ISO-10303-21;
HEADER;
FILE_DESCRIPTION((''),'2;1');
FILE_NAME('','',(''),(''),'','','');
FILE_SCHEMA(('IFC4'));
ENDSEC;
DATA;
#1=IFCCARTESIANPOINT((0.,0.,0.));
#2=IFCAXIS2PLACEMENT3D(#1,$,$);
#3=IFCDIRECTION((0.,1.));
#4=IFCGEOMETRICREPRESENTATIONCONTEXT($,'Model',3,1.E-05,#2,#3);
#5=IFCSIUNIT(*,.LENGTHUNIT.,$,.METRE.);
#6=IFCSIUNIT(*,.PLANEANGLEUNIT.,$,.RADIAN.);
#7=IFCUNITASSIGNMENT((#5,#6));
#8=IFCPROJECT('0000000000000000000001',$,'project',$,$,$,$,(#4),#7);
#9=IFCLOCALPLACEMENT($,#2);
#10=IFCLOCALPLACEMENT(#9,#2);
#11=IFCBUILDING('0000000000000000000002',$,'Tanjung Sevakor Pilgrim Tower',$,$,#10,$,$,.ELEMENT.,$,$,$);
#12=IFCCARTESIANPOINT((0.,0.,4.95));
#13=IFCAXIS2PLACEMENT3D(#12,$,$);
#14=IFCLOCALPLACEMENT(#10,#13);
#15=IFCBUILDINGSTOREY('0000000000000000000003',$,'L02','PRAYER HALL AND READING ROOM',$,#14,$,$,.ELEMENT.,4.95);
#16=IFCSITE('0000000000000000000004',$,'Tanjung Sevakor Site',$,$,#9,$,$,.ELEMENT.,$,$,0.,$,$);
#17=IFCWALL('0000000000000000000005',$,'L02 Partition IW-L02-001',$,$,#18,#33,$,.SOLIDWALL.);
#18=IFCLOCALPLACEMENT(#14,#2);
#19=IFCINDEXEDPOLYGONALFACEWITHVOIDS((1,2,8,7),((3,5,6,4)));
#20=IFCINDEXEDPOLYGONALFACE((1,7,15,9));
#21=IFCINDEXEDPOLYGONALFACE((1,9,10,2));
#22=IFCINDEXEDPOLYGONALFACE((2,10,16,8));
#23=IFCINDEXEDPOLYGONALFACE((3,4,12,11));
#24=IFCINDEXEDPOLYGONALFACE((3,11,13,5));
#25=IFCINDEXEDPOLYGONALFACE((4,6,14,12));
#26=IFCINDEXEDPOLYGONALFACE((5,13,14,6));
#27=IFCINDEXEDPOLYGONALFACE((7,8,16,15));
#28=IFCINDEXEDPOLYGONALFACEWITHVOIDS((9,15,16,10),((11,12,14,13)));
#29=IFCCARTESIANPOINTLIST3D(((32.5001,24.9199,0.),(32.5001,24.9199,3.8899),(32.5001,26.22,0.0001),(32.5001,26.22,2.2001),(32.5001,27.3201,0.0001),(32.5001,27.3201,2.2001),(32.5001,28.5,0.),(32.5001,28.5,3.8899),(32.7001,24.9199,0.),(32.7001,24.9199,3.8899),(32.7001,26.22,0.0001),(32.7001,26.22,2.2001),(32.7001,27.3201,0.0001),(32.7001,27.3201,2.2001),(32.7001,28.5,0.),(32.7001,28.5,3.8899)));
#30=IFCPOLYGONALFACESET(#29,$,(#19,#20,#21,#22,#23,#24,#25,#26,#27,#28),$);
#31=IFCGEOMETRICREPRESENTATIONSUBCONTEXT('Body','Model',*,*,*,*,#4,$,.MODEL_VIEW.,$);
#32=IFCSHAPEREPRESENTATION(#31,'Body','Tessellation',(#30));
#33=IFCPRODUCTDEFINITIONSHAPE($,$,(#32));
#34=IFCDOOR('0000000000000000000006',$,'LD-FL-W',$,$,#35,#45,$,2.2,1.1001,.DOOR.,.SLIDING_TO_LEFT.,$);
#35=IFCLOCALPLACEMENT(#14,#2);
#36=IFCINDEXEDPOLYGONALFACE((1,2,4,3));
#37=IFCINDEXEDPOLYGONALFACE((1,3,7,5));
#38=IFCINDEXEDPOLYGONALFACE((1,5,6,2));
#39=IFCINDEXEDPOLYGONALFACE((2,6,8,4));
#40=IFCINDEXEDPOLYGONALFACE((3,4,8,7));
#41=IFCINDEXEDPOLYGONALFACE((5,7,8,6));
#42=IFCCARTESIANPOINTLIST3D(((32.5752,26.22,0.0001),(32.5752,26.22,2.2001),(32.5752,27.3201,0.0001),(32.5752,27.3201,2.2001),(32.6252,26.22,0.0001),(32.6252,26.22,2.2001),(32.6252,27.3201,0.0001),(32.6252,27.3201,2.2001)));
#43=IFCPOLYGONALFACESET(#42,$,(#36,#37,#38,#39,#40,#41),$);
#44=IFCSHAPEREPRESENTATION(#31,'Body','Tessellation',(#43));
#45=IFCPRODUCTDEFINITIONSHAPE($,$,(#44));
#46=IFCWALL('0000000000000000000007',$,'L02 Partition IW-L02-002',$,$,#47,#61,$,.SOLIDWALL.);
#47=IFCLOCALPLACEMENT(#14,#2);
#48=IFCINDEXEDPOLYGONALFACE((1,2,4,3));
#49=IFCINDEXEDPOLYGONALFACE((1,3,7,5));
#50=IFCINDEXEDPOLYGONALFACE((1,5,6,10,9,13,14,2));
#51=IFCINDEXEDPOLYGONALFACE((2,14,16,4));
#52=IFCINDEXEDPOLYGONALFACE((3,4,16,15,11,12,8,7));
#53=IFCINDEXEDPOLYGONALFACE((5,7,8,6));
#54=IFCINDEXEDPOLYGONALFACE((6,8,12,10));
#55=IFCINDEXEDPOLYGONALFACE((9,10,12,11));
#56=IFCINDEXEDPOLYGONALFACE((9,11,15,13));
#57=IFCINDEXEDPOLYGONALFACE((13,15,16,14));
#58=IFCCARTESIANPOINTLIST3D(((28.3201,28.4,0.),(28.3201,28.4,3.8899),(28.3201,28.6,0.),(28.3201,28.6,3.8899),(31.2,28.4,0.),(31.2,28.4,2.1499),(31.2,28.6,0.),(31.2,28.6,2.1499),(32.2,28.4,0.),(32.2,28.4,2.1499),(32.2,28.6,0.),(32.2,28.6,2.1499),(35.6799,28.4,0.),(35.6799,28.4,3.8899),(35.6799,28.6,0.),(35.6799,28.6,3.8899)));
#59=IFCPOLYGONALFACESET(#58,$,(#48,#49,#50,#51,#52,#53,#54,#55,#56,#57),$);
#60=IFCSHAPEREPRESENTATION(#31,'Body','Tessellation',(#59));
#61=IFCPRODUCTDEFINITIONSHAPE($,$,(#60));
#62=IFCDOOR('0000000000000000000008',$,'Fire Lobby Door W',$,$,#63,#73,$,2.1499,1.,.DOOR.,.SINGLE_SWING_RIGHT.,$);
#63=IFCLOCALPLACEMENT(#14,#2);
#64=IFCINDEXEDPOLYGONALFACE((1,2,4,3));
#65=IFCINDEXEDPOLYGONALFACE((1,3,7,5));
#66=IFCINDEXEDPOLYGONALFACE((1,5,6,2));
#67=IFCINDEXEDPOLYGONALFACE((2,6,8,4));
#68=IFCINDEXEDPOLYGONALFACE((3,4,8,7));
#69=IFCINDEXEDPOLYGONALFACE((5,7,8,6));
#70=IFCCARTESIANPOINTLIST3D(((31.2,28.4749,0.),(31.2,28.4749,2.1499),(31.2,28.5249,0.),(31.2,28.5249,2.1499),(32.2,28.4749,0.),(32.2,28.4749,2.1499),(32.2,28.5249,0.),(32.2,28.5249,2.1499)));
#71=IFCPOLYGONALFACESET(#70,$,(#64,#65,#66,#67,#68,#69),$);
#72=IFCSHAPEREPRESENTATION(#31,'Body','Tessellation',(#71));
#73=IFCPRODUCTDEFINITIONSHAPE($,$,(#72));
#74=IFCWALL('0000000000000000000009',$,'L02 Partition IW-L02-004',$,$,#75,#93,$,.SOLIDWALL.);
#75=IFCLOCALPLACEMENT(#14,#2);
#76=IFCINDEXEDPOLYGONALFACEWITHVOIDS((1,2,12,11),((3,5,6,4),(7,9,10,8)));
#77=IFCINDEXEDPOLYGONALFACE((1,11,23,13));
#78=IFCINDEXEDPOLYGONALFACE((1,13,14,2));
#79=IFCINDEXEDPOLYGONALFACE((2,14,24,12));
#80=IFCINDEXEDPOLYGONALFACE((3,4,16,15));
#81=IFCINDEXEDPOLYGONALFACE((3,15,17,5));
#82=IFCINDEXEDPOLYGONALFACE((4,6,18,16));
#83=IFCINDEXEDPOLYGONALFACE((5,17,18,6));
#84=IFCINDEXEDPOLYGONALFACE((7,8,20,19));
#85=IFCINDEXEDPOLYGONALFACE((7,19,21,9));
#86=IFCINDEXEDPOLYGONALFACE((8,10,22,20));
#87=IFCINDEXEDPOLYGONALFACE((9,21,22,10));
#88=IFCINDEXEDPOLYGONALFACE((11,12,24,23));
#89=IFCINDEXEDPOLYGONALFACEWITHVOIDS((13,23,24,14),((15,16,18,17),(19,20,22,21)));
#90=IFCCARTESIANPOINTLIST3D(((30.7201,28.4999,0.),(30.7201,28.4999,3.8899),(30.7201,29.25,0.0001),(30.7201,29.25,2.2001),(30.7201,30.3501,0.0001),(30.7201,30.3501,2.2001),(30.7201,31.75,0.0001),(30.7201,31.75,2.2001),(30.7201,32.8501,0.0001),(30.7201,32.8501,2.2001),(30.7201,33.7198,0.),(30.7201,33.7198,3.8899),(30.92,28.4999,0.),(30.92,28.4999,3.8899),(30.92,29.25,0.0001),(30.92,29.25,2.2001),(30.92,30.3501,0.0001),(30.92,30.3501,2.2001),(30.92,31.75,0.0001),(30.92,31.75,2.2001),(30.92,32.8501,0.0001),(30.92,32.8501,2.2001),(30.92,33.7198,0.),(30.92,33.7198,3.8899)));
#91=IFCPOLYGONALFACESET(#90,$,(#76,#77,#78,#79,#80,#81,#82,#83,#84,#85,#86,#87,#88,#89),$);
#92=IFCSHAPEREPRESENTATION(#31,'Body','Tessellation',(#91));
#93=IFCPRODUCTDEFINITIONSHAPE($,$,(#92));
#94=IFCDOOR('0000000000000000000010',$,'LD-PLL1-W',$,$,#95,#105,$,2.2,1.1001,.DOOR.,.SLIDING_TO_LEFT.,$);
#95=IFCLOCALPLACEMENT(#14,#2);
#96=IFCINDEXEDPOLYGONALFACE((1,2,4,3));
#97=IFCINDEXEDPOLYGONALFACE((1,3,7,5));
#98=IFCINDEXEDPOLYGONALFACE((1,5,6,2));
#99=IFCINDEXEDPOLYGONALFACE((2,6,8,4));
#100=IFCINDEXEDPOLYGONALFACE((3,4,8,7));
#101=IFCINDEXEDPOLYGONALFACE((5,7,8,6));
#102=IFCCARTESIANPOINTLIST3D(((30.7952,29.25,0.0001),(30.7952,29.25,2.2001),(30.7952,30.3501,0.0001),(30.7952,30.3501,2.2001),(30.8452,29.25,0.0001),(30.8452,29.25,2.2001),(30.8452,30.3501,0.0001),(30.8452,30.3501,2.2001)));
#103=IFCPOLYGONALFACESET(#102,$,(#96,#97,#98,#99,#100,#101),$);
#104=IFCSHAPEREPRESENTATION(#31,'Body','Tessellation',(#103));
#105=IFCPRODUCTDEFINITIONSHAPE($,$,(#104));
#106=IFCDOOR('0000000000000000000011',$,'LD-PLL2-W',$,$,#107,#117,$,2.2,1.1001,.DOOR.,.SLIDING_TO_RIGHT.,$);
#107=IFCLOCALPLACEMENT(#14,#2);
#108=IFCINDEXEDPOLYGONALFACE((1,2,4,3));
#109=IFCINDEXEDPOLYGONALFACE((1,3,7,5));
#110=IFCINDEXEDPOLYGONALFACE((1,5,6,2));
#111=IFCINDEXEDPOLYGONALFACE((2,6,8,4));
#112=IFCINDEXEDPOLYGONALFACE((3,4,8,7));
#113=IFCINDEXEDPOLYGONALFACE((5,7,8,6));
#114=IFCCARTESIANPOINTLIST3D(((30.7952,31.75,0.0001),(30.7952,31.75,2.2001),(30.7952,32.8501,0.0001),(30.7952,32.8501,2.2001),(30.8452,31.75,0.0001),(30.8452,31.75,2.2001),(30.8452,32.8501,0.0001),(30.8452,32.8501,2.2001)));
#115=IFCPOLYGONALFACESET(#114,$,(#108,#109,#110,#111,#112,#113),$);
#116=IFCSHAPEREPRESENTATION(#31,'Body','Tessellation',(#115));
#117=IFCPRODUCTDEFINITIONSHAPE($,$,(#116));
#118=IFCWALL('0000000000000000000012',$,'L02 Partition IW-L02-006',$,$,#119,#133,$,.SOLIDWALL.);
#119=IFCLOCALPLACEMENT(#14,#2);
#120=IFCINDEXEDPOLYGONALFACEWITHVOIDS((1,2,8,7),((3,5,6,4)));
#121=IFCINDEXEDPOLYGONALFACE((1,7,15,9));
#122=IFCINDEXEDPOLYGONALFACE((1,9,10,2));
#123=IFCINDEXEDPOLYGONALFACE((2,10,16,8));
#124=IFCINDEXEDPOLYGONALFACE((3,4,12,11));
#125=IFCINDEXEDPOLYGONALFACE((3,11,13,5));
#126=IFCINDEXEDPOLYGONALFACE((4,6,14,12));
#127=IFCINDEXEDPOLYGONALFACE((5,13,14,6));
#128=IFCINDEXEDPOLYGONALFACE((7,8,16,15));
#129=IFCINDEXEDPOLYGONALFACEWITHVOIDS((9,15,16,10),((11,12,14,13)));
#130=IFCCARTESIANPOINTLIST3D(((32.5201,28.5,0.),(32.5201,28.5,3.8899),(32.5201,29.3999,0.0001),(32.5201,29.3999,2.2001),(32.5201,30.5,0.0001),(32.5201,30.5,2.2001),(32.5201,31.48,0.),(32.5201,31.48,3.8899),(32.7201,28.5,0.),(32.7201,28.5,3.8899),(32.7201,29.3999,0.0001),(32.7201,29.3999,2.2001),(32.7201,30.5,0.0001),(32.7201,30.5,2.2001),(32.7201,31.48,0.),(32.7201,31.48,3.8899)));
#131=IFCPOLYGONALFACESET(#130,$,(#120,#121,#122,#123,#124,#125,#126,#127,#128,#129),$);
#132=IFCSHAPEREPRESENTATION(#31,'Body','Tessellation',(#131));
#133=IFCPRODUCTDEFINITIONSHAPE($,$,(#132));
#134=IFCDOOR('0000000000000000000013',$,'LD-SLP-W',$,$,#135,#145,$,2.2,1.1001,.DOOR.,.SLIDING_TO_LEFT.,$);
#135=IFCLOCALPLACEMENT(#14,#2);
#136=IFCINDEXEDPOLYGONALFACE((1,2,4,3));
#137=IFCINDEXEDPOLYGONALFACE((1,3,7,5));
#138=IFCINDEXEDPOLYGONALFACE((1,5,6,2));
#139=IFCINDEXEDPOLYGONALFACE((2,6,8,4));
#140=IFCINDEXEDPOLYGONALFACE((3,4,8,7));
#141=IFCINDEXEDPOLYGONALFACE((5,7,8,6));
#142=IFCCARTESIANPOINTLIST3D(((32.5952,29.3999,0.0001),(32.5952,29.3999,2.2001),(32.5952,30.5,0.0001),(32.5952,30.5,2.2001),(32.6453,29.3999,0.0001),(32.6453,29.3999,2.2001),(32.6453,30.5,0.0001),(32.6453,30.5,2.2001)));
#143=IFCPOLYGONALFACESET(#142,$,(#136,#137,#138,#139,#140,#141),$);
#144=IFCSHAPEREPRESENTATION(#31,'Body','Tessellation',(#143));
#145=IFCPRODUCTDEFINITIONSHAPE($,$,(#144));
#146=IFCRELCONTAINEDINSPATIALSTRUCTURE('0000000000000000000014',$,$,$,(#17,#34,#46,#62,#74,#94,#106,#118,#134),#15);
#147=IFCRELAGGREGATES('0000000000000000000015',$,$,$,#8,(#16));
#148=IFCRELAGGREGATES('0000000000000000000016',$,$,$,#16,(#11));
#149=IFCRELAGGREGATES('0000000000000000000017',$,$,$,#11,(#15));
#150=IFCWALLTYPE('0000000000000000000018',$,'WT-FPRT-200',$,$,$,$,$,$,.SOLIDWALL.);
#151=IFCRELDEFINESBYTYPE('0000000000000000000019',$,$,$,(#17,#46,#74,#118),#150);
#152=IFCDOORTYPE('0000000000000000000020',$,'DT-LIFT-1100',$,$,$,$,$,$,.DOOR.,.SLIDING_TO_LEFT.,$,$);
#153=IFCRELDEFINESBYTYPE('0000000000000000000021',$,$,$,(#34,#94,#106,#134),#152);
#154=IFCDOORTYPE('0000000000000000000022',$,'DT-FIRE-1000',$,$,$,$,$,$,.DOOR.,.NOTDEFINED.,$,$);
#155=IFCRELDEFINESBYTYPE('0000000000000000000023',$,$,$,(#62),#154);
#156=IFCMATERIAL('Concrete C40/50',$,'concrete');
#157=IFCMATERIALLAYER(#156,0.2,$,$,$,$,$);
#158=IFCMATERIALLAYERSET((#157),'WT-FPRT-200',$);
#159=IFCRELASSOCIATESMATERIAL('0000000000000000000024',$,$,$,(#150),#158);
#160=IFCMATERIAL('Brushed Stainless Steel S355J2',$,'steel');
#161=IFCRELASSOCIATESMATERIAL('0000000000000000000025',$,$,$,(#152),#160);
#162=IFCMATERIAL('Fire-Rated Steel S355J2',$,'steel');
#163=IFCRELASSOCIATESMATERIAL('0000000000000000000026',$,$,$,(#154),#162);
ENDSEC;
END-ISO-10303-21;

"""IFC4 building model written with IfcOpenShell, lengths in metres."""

from ifc_helpers import new_model, si_unit, direction, frame, frame_2d, origin, place, context, subcontext, project, spatial, rectangle, extrude, material, layer, layer_set, type_object, element, fill, save


model = new_model("IFC4")

# Units and contexts
model_context = context("Model", 3, precision=1e-05, world=origin(), true_north=direction((0.0, 1.0)))
body_context = subcontext(model_context, "Body", "Model", "MODEL_VIEW")
ifc_project = project(units=[si_unit("LENGTHUNIT", "METRE"), si_unit("PLANEANGLEUNIT", "RADIAN")], contexts=[model_context])

# Site, building, storey
site_placement = place(None, origin())
site = spatial("IfcSite", under=ifc_project, at=site_placement, Name="Tanjung Sevakor Site", CompositionType="ELEMENT", RefElevation=0.0)
building_placement = place(site_placement, origin())
building = spatial("IfcBuilding", under=site, at=building_placement, Name="Tanjung Sevakor Pilgrim Tower", CompositionType="ELEMENT")
storey_placement = place(building_placement, frame((0.0, 0.0, 4.95)))
storey = spatial("IfcBuildingStorey", under=building, at=storey_placement, Name="L02", Description="PRAYER HALL AND READING ROOM", CompositionType="ELEMENT", Elevation=4.95)

# Walls, openings, doors
ifc_material_1 = material(Name="Concrete C40/50", Category="concrete")
ifc_layer_1 = layer(ifc_material_1, 0.2)
ifc_layer_set_1 = layer_set([ifc_layer_1], Name="WT-FPRT-200")
wall_type_1 = type_object("IfcWallType", Name="WT-FPRT-200", PredefinedType="SOLIDWALL", material=ifc_layer_set_1)
wall_1_placement = place(storey_placement, frame((32.6001, 24.9199, 0.0), z_axis=(0.0, 0.0, 1.0), x_axis=(0.0, 1.0, 0.0)))
wall_1 = element("IfcWall", 1, at=wall_1_placement, inside=storey, type_object=wall_type_1, Name="L02 Partition IW-L02-001", PredefinedType="SOLIDWALL", context=body_context, shape_type="SweptSolid", body=[
    extrude(rectangle(XDim=3.5801, YDim=0.2, at=frame_2d((1.79, 0.0))), origin(), (0.0, 0.0, 1.0), 3.8899),
])
opening_1_placement = place(wall_1_placement, frame((1.3, 0.0, 0.0)))
opening_1 = element("IfcOpeningElement", 2, at=opening_1_placement, cuts=wall_1, PredefinedType="OPENING", context=body_context, shape_type="SweptSolid", body=[
    extrude(rectangle(XDim=1.1001, YDim=2.2, at=frame_2d((0.55, 1.1001))), frame((0.0, 0.1099, 0.0), z_axis=(0.0, -1.0, 0.0), x_axis=(1.0, 0.0, 0.0)), (0.0, 0.0, 1.0), 0.22),
])
ifc_material_2 = material(Name="Brushed Stainless Steel S355J2", Category="steel")
door_type_1 = type_object("IfcDoorType", Name="DT-LIFT-1100", OperationType="SLIDING_TO_LEFT", PredefinedType="DOOR", material=ifc_material_2)
door_1_placement = place(opening_1_placement, origin())
door_1 = element("IfcDoor", 3, at=door_1_placement, inside=storey, type_object=door_type_1, Name="LD-FL-W", OperationType="SLIDING_TO_LEFT", OverallHeight=2.2, OverallWidth=1.1001, PredefinedType="DOOR", context=body_context, shape_type="SweptSolid", body=[
    extrude(rectangle(XDim=1.1001, YDim=2.2, at=frame_2d((0.55, 1.1001))), frame((0.0, 0.0249, 0.0), z_axis=(0.0, -1.0, 0.0), x_axis=(1.0, 0.0, 0.0)), (0.0, 0.0, 1.0), 0.05),
])
fill(opening_1, door_1)
wall_2_placement = place(storey_placement, frame((28.3201, 28.5, 0.0), z_axis=(0.0, 0.0, 1.0), x_axis=(1.0, 0.0, 0.0)))
wall_2 = element("IfcWall", 4, at=wall_2_placement, inside=storey, type_object=wall_type_1, Name="L02 Partition IW-L02-002", PredefinedType="SOLIDWALL", context=body_context, shape_type="SweptSolid", body=[
    extrude(rectangle(XDim=7.3599, YDim=0.2, at=frame_2d((3.6799, 0.0))), origin(), (0.0, 0.0, 1.0), 3.8899),
])
opening_2_placement = place(wall_2_placement, frame((2.8799, 0.0, 0.0)))
opening_2 = element("IfcOpeningElement", 5, at=opening_2_placement, cuts=wall_2, PredefinedType="OPENING", context=body_context, shape_type="SweptSolid", body=[
    extrude(rectangle(XDim=1.0, YDim=2.1499, at=frame_2d((0.5, 1.075))), frame((0.0, 0.1099, 0.0), z_axis=(0.0, -1.0, 0.0), x_axis=(1.0, 0.0, 0.0)), (0.0, 0.0, 1.0), 0.22),
])
ifc_material_3 = material(Name="Fire-Rated Steel S355J2", Category="steel")
door_type_2 = type_object("IfcDoorType", Name="DT-FIRE-1000", OperationType="NOTDEFINED", PredefinedType="DOOR", material=ifc_material_3)
door_2_placement = place(opening_2_placement, origin())
door_2 = element("IfcDoor", 6, at=door_2_placement, inside=storey, type_object=door_type_2, Name="Fire Lobby Door W", OperationType="SINGLE_SWING_RIGHT", OverallHeight=2.1499, OverallWidth=1.0, PredefinedType="DOOR", context=body_context, shape_type="SweptSolid", body=[
    extrude(rectangle(XDim=1.0, YDim=2.1499, at=frame_2d((0.5, 1.075))), frame((0.0, 0.0249, 0.0), z_axis=(0.0, -1.0, 0.0), x_axis=(1.0, 0.0, 0.0)), (0.0, 0.0, 1.0), 0.05),
])
fill(opening_2, door_2)

# Wall, openings, doors
wall_3_placement = place(storey_placement, frame((30.8201, 28.5, 0.0), z_axis=(0.0, 0.0, 1.0), x_axis=(0.0, 1.0, 0.0)))
wall_3 = element("IfcWall", 7, at=wall_3_placement, inside=storey, type_object=wall_type_1, Name="L02 Partition IW-L02-004", PredefinedType="SOLIDWALL", context=body_context, shape_type="SweptSolid", body=[
    extrude(rectangle(XDim=5.22, YDim=0.2, at=frame_2d((2.6099, 0.0))), origin(), (0.0, 0.0, 1.0), 3.8899),
])
opening_3_placement = place(wall_3_placement, frame((0.75, 0.0, 0.0)))
opening_3 = element("IfcOpeningElement", 8, at=opening_3_placement, cuts=wall_3, PredefinedType="OPENING", context=body_context, shape_type="SweptSolid", body=[
    extrude(rectangle(XDim=1.1001, YDim=2.2, at=frame_2d((0.55, 1.1001))), frame((0.0, 0.1099, 0.0), z_axis=(0.0, -1.0, 0.0), x_axis=(1.0, 0.0, 0.0)), (0.0, 0.0, 1.0), 0.22),
])
opening_4_placement = place(wall_3_placement, frame((3.25, 0.0, 0.0)))
opening_4 = element("IfcOpeningElement", 9, at=opening_4_placement, cuts=wall_3, PredefinedType="OPENING", context=body_context, shape_type="SweptSolid", body=[
    extrude(rectangle(XDim=1.1001, YDim=2.2, at=frame_2d((0.55, 1.1001))), frame((0.0, 0.1099, 0.0), z_axis=(0.0, -1.0, 0.0), x_axis=(1.0, 0.0, 0.0)), (0.0, 0.0, 1.0), 0.22),
])
door_3_placement = place(opening_3_placement, origin())
door_3 = element("IfcDoor", 10, at=door_3_placement, inside=storey, type_object=door_type_1, Name="LD-PLL1-W", OperationType="SLIDING_TO_LEFT", OverallHeight=2.2, OverallWidth=1.1001, PredefinedType="DOOR", context=body_context, shape_type="SweptSolid", body=[
    extrude(rectangle(XDim=1.1001, YDim=2.2, at=frame_2d((0.55, 1.1001))), frame((0.0, 0.0249, 0.0), z_axis=(0.0, -1.0, 0.0), x_axis=(1.0, 0.0, 0.0)), (0.0, 0.0, 1.0), 0.05),
])
fill(opening_3, door_3)
door_4_placement = place(opening_4_placement, origin())
door_4 = element("IfcDoor", 11, at=door_4_placement, inside=storey, type_object=door_type_1, Name="LD-PLL2-W", OperationType="SLIDING_TO_RIGHT", OverallHeight=2.2, OverallWidth=1.1001, PredefinedType="DOOR", context=body_context, shape_type="SweptSolid", body=[
    extrude(rectangle(XDim=1.1001, YDim=2.2, at=frame_2d((0.55, 1.1001))), frame((0.0, 0.0249, 0.0), z_axis=(0.0, -1.0, 0.0), x_axis=(1.0, 0.0, 0.0)), (0.0, 0.0, 1.0), 0.05),
])
fill(opening_4, door_4)

# Wall, opening, door
wall_4_placement = place(storey_placement, frame((32.6201, 28.5, 0.0), z_axis=(0.0, 0.0, 1.0), x_axis=(0.0, 1.0, 0.0)))
wall_4 = element("IfcWall", 12, at=wall_4_placement, inside=storey, type_object=wall_type_1, Name="L02 Partition IW-L02-006", PredefinedType="SOLIDWALL", context=body_context, shape_type="SweptSolid", body=[
    extrude(rectangle(XDim=2.98, YDim=0.2, at=frame_2d((1.49, 0.0))), origin(), (0.0, 0.0, 1.0), 3.8899),
])
opening_5_placement = place(wall_4_placement, frame((0.8999, 0.0, 0.0)))
opening_5 = element("IfcOpeningElement", 13, at=opening_5_placement, cuts=wall_4, PredefinedType="OPENING", context=body_context, shape_type="SweptSolid", body=[
    extrude(rectangle(XDim=1.1001, YDim=2.2, at=frame_2d((0.55, 1.1001))), frame((0.0, 0.1099, 0.0), z_axis=(0.0, -1.0, 0.0), x_axis=(1.0, 0.0, 0.0)), (0.0, 0.0, 1.0), 0.22),
])
door_5_placement = place(opening_5_placement, origin())
door_5 = element("IfcDoor", 14, at=door_5_placement, inside=storey, type_object=door_type_1, Name="LD-SLP-W", OperationType="SLIDING_TO_LEFT", OverallHeight=2.2, OverallWidth=1.1001, PredefinedType="DOOR", context=body_context, shape_type="SweptSolid", body=[
    extrude(rectangle(XDim=1.1001, YDim=2.2, at=frame_2d((0.55, 1.1001))), frame((0.0, 0.0249, 0.0), z_axis=(0.0, -1.0, 0.0), x_axis=(1.0, 0.0, 0.0)), (0.0, 0.0, 1.0), 0.05),
])
fill(opening_5, door_5)

save(model, "model.ifc")
